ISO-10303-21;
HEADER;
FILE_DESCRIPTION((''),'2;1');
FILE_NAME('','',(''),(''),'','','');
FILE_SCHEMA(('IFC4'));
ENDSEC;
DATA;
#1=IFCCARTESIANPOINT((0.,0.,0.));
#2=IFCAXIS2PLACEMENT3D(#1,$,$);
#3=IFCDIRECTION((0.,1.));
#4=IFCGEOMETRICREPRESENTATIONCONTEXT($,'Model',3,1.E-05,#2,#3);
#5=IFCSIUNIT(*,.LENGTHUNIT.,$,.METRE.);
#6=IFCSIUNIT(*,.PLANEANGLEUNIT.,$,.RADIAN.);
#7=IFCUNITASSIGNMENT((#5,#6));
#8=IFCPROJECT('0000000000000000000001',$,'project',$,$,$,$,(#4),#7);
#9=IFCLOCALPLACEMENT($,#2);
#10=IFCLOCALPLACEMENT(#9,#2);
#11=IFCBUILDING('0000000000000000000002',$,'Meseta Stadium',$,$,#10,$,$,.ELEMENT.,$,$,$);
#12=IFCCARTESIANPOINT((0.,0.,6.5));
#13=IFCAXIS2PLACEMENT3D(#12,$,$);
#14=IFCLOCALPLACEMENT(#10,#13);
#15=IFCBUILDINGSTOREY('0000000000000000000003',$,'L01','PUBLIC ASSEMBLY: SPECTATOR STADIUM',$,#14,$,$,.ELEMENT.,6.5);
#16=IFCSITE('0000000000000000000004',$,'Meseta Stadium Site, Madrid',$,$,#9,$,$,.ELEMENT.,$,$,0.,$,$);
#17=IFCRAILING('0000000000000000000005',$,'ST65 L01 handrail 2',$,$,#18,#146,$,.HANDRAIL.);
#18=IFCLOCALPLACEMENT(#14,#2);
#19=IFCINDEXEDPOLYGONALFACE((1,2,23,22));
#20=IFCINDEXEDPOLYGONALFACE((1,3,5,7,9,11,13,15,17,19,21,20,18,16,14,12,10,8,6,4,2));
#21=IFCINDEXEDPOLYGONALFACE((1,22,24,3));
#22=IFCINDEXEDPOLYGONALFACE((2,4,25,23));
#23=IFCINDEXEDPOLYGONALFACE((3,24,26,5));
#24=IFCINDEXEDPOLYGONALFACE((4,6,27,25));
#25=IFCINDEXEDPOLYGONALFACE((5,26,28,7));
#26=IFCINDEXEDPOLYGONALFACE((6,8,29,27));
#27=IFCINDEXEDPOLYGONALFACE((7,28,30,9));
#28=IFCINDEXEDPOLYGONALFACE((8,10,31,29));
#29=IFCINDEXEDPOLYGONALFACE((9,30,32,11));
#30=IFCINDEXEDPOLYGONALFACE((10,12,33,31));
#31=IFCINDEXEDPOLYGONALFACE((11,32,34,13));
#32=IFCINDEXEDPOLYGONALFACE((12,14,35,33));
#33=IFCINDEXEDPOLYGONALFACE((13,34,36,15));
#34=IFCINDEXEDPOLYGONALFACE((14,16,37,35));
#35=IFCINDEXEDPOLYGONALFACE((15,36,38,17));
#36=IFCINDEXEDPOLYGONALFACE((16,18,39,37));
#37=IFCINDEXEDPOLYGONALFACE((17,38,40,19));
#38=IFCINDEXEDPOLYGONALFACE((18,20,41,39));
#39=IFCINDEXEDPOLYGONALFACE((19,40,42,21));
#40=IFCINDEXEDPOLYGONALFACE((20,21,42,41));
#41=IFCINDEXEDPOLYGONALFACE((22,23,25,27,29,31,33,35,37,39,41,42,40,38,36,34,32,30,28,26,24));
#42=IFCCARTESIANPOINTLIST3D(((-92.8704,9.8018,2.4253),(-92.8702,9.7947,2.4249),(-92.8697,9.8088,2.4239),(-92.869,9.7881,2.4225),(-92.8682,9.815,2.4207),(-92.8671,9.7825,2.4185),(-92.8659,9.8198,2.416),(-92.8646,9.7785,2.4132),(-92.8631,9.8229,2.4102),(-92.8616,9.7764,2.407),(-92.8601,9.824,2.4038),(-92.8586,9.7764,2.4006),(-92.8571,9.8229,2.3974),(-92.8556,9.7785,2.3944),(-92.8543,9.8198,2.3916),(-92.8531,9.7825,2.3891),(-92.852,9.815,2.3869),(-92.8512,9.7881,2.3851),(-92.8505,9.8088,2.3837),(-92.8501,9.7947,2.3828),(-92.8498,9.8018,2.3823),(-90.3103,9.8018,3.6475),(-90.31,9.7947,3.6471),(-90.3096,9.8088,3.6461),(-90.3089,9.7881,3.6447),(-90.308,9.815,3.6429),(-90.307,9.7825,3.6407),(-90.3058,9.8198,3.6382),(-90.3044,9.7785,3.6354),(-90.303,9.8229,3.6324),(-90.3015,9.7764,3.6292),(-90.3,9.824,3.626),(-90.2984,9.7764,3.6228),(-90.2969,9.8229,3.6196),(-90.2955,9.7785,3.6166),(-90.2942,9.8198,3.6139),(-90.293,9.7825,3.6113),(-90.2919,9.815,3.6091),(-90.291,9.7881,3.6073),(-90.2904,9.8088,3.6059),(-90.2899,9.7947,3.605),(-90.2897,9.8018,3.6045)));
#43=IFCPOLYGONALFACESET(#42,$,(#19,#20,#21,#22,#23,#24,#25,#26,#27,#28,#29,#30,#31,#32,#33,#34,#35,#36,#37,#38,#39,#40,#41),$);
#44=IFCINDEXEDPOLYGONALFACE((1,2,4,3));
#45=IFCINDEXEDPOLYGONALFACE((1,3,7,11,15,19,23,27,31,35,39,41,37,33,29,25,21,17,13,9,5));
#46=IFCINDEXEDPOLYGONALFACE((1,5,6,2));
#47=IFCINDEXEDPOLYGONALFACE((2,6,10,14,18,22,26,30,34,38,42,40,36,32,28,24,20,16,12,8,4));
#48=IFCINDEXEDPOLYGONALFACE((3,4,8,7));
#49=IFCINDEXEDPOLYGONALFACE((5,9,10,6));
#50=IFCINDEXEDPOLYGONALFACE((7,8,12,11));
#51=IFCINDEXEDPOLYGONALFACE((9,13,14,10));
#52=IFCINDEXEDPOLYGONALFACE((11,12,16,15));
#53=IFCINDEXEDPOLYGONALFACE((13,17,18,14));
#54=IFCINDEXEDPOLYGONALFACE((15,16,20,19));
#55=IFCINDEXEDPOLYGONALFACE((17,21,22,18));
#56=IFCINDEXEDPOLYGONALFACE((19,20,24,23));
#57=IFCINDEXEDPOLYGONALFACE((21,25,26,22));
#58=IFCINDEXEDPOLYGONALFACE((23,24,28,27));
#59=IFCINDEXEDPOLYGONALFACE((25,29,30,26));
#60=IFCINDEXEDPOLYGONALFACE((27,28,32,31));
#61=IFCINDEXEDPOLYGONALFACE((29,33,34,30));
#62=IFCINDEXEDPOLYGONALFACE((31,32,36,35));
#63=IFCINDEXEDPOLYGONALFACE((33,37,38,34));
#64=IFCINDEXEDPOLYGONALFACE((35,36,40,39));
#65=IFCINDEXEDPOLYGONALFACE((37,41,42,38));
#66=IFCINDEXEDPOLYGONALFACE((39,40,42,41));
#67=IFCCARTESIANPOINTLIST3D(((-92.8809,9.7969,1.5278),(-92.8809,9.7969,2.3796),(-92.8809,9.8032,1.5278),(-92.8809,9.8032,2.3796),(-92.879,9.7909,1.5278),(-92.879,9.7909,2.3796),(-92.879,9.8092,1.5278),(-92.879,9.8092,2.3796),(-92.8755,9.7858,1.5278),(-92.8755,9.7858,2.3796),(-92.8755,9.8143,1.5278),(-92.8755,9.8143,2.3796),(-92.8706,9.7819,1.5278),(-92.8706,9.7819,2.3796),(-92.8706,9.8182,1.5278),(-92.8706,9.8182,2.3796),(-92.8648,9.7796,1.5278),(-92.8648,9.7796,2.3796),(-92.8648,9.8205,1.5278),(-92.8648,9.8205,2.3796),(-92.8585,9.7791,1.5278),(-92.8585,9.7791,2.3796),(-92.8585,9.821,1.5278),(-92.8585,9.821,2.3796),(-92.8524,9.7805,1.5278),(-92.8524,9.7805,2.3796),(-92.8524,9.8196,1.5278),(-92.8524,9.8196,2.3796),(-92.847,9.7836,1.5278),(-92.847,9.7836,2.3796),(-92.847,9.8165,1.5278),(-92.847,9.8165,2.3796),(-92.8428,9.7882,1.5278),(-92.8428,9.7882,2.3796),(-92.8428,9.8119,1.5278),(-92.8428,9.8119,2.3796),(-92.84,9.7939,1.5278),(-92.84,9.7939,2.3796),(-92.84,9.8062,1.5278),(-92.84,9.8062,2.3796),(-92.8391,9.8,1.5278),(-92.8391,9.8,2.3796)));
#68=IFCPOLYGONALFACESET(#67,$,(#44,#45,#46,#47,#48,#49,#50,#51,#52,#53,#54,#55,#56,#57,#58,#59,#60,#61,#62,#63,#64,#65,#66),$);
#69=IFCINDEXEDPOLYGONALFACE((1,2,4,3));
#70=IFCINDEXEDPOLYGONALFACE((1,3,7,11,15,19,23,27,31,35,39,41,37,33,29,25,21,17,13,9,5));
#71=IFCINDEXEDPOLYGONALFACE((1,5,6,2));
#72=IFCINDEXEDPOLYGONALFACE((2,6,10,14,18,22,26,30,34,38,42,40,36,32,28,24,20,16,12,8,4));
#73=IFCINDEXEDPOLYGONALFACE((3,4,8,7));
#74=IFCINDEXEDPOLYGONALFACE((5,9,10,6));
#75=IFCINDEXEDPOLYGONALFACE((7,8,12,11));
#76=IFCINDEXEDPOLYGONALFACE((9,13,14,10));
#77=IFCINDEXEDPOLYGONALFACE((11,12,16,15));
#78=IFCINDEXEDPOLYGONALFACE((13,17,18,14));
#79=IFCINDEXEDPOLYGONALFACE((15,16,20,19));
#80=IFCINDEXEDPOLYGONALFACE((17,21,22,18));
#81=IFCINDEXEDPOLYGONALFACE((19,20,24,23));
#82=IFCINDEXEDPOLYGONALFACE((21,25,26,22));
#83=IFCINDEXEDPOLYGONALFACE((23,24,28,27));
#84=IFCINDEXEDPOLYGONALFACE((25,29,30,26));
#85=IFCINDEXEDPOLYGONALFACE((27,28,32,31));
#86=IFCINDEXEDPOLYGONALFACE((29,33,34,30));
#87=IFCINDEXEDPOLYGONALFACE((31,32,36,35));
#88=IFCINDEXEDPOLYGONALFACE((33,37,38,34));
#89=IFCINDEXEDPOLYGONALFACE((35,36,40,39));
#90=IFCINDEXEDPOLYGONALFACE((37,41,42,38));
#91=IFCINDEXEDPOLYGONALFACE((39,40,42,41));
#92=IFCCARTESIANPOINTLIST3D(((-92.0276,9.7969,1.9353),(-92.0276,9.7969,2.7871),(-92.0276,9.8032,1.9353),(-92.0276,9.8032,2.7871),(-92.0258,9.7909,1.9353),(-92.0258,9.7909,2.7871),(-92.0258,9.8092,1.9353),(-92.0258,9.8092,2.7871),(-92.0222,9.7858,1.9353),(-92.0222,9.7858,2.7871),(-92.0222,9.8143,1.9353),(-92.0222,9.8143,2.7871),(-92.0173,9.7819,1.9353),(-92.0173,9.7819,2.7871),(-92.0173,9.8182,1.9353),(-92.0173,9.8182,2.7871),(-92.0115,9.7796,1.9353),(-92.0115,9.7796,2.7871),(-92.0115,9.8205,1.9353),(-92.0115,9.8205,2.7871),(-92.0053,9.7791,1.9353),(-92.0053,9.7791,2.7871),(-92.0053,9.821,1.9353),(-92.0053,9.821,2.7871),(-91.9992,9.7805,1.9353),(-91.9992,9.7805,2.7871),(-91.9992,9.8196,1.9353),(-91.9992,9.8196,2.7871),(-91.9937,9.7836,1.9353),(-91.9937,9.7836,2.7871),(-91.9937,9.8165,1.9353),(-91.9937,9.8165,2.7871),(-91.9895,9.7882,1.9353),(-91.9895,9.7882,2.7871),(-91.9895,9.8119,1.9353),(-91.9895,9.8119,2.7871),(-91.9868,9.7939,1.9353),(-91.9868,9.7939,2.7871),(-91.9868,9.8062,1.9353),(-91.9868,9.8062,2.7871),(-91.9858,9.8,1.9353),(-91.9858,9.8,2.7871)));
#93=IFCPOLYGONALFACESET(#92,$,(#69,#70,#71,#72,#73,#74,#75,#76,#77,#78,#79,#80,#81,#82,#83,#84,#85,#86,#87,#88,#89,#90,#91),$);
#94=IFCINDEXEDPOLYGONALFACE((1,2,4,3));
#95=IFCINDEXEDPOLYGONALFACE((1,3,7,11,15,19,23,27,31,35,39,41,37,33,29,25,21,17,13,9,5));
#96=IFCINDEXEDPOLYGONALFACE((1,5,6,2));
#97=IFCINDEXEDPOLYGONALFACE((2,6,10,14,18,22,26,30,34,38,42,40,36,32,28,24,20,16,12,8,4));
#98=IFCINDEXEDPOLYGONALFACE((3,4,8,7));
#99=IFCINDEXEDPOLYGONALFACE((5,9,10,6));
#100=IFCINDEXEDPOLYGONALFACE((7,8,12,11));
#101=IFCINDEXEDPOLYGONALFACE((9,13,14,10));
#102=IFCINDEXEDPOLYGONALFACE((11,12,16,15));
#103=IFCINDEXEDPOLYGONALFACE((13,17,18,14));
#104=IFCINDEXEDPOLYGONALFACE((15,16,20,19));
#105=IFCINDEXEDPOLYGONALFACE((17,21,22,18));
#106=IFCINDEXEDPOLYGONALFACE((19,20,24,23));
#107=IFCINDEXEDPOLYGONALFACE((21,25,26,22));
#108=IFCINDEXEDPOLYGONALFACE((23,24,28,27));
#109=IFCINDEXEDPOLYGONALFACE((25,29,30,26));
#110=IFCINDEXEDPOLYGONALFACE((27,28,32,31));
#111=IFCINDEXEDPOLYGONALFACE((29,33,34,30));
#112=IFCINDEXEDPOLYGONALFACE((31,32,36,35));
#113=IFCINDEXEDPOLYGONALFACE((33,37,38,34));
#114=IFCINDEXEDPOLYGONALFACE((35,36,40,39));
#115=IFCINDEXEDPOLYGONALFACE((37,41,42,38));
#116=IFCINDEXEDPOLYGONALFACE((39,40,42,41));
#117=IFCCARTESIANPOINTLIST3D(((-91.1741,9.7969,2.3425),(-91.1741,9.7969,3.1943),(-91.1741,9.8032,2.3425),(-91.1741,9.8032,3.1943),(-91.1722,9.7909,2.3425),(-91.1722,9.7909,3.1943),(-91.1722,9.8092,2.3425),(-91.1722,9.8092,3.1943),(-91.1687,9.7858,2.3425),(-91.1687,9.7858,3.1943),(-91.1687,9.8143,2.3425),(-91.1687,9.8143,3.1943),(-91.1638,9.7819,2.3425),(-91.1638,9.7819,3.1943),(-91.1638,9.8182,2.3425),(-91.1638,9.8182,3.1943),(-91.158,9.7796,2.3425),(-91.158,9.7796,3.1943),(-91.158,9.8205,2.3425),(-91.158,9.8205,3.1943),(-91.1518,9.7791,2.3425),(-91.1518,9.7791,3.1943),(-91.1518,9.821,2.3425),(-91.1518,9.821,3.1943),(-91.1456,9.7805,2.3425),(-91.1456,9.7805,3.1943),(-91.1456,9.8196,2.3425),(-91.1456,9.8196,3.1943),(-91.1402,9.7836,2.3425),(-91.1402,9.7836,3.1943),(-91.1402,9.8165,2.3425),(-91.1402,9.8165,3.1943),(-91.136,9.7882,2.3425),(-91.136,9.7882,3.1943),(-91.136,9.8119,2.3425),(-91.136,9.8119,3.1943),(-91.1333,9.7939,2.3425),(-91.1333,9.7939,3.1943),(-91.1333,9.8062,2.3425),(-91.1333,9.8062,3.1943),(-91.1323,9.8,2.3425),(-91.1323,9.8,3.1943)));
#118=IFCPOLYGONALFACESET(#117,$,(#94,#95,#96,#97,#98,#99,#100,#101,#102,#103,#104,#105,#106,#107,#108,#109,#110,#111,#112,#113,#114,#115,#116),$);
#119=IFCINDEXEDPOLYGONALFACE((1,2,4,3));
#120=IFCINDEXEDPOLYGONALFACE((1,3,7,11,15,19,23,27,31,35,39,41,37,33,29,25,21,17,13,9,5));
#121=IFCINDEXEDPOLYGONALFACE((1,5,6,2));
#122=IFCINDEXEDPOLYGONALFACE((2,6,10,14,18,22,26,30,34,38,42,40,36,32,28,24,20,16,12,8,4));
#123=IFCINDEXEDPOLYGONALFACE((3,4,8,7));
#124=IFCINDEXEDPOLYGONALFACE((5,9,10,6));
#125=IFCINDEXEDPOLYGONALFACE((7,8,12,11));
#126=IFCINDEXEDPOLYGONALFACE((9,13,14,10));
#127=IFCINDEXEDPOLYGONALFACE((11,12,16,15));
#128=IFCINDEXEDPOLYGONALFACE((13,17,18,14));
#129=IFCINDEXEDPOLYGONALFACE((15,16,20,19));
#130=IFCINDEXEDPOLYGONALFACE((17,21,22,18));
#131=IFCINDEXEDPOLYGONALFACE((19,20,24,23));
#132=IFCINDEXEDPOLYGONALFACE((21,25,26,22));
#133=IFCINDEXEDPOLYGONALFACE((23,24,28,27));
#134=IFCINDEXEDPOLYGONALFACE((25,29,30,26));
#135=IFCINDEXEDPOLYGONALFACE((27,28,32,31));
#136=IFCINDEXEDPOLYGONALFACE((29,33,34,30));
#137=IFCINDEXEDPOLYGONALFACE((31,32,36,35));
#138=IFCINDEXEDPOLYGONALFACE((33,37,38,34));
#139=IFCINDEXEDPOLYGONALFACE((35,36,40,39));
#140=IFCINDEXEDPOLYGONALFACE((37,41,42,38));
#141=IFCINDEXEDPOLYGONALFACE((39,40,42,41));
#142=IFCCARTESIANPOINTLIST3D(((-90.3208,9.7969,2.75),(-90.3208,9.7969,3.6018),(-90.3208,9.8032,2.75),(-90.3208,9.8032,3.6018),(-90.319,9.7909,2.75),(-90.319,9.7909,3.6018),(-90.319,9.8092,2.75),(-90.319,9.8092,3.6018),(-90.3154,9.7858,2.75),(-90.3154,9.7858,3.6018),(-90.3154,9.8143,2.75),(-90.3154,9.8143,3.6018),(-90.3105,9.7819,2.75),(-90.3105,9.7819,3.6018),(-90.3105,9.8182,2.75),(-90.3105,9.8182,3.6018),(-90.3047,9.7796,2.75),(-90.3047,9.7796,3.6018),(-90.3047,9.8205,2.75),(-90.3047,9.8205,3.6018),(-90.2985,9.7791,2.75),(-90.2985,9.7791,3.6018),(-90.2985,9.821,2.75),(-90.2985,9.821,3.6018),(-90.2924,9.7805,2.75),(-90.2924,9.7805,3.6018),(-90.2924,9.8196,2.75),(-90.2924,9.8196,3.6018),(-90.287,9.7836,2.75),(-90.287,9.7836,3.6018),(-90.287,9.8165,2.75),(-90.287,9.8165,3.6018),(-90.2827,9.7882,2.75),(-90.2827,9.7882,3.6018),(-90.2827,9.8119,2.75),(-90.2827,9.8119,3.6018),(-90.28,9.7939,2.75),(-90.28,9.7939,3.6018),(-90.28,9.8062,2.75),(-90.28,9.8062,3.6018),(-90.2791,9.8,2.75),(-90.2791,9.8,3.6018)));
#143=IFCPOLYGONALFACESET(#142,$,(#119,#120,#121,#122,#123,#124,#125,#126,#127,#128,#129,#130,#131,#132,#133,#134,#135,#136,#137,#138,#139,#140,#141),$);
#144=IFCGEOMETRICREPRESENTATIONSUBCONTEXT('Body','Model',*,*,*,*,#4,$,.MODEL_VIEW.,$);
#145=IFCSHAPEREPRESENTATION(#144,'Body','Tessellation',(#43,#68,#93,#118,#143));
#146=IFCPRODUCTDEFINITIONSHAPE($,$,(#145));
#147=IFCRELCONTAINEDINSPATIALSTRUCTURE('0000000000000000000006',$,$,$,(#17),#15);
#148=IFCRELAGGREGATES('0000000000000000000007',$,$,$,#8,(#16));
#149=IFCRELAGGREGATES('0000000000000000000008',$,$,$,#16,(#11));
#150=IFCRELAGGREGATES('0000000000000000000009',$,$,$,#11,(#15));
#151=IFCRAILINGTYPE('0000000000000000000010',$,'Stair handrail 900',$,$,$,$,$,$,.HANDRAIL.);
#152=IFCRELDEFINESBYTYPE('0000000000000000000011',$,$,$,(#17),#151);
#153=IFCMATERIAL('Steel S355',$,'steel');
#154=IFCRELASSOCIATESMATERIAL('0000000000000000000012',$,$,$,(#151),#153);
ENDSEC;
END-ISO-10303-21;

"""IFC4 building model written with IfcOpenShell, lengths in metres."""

from ifc_helpers import new_model, si_unit, direction, frame, origin, origin_2d, place, context, subcontext, project, spatial, circle, extrude, material, type_object, element, save


model = new_model("IFC4")

# Units and contexts
model_context = context("Model", 3, precision=1e-05, world=origin(), true_north=direction((0.0, 1.0)))
body_context = subcontext(model_context, "Body", "Model", "MODEL_VIEW")
ifc_project = project(units=[si_unit("LENGTHUNIT", "METRE"), si_unit("PLANEANGLEUNIT", "RADIAN")], contexts=[model_context])

# Site, building, storey
site_placement = place(None, origin())
site = spatial("IfcSite", under=ifc_project, at=site_placement, Name="Meseta Stadium Site, Madrid", CompositionType="ELEMENT", RefElevation=0.0)
building_placement = place(site_placement, origin())
building = spatial("IfcBuilding", under=site, at=building_placement, Name="Meseta Stadium", CompositionType="ELEMENT")
storey_placement = place(building_placement, frame((0.0, 0.0, 6.5)))
storey = spatial("IfcBuildingStorey", under=building, at=storey_placement, Name="L01", Description="PUBLIC ASSEMBLY: SPECTATOR STADIUM", CompositionType="ELEMENT", Elevation=6.5)

# Railing
ifc_material_1 = material(Name="Steel S355", Category="steel")
railing_type_1 = type_object("IfcRailingType", Name="Stair handrail 900", PredefinedType="HANDRAIL", material=ifc_material_1)
for number, where, name in (
    (1, (-92.8601, 9.8, 1.5278), "ST65 L01 handrail 2"),
):
    element("IfcRailing", number, at=place(storey_placement, frame(where)), inside=storey, type_object=railing_type_1, Name=name, PredefinedType="HANDRAIL", context=body_context, shape_type="SweptSolid", body=[
        extrude(circle(Radius=0.0239, at=origin_2d()), frame((0.0, 0.0, 0.876), z_axis=(0.902437, 0.0, 0.430822), x_axis=(0.0, 1.0, 0.0)), (0.0, 0.0, 1.0), 2.8369),
        extrude(circle(Radius=0.021, at=origin_2d()), origin(), (0.0, 0.0, 1.0), 0.8518),
        extrude(circle(Radius=0.021, at=origin_2d()), frame((0.8533, 0.0, 0.4075)), (0.0, 0.0, 1.0), 0.8518),
        extrude(circle(Radius=0.021, at=origin_2d()), frame((1.7068, 0.0, 0.8147)), (0.0, 0.0, 1.0), 0.8518),
        extrude(circle(Radius=0.021, at=origin_2d()), frame((2.5601, 0.0, 1.2222)), (0.0, 0.0, 1.0), 0.8518),
    ])

save(model, "model.ifc")
